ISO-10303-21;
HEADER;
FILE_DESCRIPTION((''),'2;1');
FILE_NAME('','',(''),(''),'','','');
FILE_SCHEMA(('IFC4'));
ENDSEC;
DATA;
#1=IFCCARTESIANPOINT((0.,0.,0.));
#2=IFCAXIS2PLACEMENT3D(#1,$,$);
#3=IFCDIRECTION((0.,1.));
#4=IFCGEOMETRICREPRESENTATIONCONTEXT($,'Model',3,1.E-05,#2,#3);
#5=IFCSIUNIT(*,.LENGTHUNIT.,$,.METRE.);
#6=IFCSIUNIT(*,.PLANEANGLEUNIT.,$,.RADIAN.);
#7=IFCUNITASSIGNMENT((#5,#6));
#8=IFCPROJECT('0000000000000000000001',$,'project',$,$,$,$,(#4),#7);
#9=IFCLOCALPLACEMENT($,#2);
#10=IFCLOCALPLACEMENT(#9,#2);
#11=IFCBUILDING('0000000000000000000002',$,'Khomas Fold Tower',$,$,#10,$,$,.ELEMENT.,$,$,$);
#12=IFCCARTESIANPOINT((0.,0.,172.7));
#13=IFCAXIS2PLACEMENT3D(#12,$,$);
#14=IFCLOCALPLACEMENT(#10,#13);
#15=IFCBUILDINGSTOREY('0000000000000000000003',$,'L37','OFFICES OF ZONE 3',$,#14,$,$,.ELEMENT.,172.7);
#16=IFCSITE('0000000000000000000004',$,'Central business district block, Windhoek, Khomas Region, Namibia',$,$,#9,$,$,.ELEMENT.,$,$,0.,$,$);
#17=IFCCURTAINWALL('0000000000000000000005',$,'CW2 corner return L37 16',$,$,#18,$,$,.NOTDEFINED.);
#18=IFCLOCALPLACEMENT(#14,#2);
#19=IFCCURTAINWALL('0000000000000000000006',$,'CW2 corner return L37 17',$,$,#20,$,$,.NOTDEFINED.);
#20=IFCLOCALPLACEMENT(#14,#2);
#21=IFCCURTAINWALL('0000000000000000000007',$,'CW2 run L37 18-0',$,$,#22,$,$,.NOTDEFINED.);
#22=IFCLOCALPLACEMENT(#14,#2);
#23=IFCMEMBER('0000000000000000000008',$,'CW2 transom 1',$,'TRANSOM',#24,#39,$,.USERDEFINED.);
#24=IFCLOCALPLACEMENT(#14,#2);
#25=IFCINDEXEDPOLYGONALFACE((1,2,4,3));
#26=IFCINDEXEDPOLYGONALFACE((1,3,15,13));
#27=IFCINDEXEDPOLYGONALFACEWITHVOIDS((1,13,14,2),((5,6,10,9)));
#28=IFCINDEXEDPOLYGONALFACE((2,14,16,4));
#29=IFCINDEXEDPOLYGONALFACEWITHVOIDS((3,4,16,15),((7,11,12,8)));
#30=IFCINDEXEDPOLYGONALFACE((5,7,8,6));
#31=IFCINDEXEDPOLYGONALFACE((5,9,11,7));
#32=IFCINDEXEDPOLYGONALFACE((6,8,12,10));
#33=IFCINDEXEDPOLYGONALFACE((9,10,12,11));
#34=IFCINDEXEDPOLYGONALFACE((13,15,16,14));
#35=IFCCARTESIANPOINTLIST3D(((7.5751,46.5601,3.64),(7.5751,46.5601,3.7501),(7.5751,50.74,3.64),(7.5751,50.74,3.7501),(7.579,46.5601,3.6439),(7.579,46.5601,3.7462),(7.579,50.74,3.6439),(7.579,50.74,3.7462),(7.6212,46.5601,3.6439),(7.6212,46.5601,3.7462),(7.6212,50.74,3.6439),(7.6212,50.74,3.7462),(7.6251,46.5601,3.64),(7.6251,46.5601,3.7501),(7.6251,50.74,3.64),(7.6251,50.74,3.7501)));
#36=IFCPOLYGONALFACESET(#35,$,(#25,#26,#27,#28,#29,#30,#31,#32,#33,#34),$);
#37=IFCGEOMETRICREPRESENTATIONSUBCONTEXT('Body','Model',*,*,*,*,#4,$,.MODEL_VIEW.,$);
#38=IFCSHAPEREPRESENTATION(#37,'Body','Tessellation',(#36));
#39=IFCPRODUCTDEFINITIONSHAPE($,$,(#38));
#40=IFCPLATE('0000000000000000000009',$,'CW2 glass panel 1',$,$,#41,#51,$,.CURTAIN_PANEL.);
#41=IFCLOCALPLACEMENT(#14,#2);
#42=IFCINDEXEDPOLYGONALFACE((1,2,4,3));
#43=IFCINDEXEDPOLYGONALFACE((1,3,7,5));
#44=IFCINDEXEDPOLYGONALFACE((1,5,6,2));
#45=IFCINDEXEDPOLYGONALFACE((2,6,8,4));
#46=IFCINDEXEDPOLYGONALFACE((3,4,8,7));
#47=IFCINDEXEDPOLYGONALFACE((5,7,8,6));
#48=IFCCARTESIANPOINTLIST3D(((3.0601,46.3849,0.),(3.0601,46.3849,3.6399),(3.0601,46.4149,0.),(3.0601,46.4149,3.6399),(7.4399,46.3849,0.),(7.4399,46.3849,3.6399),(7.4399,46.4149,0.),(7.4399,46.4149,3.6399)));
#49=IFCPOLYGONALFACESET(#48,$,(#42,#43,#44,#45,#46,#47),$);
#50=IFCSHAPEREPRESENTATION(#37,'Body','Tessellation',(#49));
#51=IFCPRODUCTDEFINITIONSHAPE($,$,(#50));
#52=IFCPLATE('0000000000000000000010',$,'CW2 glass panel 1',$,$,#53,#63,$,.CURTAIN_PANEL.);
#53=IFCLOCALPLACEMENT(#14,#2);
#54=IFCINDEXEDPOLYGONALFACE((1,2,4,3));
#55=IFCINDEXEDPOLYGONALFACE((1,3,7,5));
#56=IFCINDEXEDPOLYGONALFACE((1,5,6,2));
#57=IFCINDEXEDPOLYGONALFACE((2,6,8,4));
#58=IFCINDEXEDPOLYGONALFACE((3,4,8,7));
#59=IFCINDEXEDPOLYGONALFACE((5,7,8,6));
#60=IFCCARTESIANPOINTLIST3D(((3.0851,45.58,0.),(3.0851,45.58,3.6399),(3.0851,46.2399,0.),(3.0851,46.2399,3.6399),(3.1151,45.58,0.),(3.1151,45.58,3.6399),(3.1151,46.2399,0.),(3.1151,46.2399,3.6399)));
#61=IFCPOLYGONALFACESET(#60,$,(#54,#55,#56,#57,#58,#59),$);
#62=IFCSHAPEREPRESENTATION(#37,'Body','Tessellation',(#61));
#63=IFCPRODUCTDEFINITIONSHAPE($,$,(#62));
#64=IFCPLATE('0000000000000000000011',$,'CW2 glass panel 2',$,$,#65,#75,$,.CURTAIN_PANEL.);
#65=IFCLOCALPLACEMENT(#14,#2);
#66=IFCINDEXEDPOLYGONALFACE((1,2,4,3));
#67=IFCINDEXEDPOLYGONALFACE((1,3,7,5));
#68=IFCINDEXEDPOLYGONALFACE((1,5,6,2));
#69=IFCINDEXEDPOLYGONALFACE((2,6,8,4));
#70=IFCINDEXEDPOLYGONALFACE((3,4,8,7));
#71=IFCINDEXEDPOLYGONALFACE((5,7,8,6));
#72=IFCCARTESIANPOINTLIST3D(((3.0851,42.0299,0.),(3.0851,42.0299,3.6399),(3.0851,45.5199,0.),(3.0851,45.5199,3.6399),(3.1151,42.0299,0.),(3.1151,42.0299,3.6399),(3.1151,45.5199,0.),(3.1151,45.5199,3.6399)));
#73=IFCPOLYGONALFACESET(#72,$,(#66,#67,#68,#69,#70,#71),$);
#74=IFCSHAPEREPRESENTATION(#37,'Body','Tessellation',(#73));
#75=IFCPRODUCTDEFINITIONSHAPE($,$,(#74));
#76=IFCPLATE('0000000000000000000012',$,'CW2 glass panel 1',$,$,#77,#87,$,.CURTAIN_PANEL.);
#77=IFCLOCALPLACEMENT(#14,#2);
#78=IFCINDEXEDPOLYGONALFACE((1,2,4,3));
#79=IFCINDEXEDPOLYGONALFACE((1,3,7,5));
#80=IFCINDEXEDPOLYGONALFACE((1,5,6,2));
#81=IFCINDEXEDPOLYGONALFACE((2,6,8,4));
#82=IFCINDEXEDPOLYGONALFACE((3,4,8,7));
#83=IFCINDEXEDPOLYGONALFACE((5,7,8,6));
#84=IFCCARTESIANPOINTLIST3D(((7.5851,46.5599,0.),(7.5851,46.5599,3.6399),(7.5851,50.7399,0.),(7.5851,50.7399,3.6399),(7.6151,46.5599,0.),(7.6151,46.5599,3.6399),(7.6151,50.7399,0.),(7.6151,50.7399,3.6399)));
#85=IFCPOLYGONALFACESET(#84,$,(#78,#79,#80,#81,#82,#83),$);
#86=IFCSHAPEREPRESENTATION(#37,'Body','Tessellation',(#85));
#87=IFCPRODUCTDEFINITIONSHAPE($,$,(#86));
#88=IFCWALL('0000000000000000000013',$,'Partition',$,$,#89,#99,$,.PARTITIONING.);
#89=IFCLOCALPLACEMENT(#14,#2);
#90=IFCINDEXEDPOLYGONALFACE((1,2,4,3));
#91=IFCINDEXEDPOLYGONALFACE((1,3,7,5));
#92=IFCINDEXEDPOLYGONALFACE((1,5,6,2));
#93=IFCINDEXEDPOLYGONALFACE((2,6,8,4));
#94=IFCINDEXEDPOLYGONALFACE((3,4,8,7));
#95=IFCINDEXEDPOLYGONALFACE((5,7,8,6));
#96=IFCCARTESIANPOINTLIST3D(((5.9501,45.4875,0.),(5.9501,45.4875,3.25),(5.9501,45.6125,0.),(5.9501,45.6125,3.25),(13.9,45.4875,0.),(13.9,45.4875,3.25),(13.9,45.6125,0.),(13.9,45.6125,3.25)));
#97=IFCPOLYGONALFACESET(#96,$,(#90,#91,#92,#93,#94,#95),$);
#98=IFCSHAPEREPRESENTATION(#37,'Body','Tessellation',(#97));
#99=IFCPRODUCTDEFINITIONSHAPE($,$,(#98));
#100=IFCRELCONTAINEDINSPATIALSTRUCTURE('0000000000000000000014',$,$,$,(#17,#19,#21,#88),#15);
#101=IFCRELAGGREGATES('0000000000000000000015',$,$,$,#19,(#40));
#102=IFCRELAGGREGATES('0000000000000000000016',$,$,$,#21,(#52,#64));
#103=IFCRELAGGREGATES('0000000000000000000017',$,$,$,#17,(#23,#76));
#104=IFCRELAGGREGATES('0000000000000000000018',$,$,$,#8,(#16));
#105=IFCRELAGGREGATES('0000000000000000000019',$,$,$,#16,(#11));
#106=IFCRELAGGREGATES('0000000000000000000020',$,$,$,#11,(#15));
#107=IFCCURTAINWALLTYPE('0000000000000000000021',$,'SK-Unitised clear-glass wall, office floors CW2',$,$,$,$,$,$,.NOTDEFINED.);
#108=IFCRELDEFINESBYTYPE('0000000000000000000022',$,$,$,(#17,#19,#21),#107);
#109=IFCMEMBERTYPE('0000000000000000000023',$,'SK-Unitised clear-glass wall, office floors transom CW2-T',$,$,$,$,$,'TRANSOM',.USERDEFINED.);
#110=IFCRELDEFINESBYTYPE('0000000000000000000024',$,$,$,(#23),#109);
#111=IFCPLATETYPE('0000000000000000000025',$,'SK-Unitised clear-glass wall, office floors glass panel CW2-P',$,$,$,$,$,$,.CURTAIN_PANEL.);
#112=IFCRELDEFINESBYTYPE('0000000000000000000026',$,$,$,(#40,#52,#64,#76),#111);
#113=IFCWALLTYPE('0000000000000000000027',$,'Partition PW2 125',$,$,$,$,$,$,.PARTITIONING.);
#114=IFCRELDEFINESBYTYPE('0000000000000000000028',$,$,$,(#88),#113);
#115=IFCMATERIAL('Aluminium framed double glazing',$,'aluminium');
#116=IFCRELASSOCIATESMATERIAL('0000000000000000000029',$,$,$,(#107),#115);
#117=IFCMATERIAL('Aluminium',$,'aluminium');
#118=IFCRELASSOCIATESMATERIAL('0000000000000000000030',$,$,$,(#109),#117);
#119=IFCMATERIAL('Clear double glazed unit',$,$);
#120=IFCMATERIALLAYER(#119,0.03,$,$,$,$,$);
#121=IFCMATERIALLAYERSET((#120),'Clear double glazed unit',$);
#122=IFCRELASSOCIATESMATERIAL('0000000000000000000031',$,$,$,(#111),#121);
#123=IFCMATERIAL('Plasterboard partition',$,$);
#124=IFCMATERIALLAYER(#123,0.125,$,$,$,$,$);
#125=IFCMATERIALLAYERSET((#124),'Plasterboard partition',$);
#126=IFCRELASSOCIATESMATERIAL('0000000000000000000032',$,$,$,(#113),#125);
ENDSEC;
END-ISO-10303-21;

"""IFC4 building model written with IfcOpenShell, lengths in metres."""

from ifc_helpers import new_model, si_unit, direction, frame, frame_2d, origin, origin_2d, place, context, subcontext, project, spatial, rectangle, hollow_rectangle, extrude, source, transform, mapped, material, layer, layer_set, material_profile, profile_set, type_object, element, aggregate, save


model = new_model("IFC4")

# Units and contexts
model_context = context("Model", 3, precision=1e-05, world=origin(), true_north=direction((0.0, 1.0)))
body_context = subcontext(model_context, "Body", "Model", "MODEL_VIEW")
ifc_project = project(units=[si_unit("LENGTHUNIT", "METRE"), si_unit("PLANEANGLEUNIT", "RADIAN")], contexts=[model_context])

# Site, building, storey
site_placement = place(None, origin())
site = spatial("IfcSite", under=ifc_project, at=site_placement, Name="Central business district block, Windhoek, Khomas Region, Namibia", CompositionType="ELEMENT", RefElevation=0.0)
building_placement = place(site_placement, origin())
building = spatial("IfcBuilding", under=site, at=building_placement, Name="Khomas Fold Tower", CompositionType="ELEMENT")
storey_placement = place(building_placement, frame((0.0, 0.0, 172.7)))
storey = spatial("IfcBuildingStorey", under=building, at=storey_placement, Name="L37", Description="OFFICES OF ZONE 3", CompositionType="ELEMENT", Elevation=172.7)

# Curtain wall
ifc_material_1 = material(Name="Aluminium framed double glazing", Category="aluminium")
curtain_wall_type = type_object("IfcCurtainWallType", Name="SK-Unitised clear-glass wall, office floors CW2", PredefinedType="NOTDEFINED", material=ifc_material_1)
curtain_wall_1_placement = place(storey_placement, origin())
curtain_wall_1 = element("IfcCurtainWall", 1, at=curtain_wall_1_placement, inside=storey, type_object=curtain_wall_type, Name="CW2 corner return L37 16", PredefinedType="NOTDEFINED")

# Curtain wall
curtain_wall_2_placement = place(storey_placement, origin())
curtain_wall_2 = element("IfcCurtainWall", 2, at=curtain_wall_2_placement, inside=storey, type_object=curtain_wall_type, Name="CW2 corner return L37 17", PredefinedType="NOTDEFINED")

# Curtain wall
curtain_wall_3_placement = place(storey_placement, origin())
curtain_wall_3 = element("IfcCurtainWall", 3, at=curtain_wall_3_placement, inside=storey, type_object=curtain_wall_type, Name="CW2 run L37 18-0", PredefinedType="NOTDEFINED")

# Member
ifc_material_2 = material(Name="Aluminium", Category="aluminium")
ifc_material_profile_1 = material_profile(ifc_material_2, hollow_rectangle(XDim=0.05, YDim=0.1101, WallThickness=0.0039, at=origin_2d()), Name="SK-Unitised clear-glass wall, office floors transom CW2-T")
ifc_profile_set_1 = profile_set([ifc_material_profile_1], Name="Aluminium")
member_type_1 = type_object("IfcMemberType", Name="SK-Unitised clear-glass wall, office floors transom CW2-T", ElementType="TRANSOM", PredefinedType="USERDEFINED", material=ifc_profile_set_1)
shared_shape_1 = source(origin(), body_context, "Body", "SweptSolid", [
    extrude(hollow_rectangle(XDim=0.05, YDim=0.1101, WallThickness=0.0039, at=origin_2d()), origin(), (0.0, 0.0, 1.0), 4.1799),
])
member_1_placement = place(storey_placement, frame((7.6001, 50.74, 3.6951), z_axis=(0.0, -1.0, 0.0), x_axis=(1.0, 0.0, 0.0)))
member_1 = element("IfcMember", 4, at=member_1_placement, type_object=member_type_1, Name="CW2 transom 1", ObjectType="TRANSOM", PredefinedType="USERDEFINED", context=body_context, shape_type="MappedRepresentation", body=[
    mapped(shared_shape_1, transform((0.0, 0.0, 0.0))),
])

# Plates
ifc_material_3 = material(Name="Clear double glazed unit")
ifc_layer_1 = layer(ifc_material_3, 0.03)
ifc_layer_set_1 = layer_set([ifc_layer_1], Name="Clear double glazed unit")
plate_type = type_object("IfcPlateType", Name="SK-Unitised clear-glass wall, office floors glass panel CW2-P", PredefinedType="CURTAIN_PANEL", material=ifc_layer_set_1)
shared_shape_2 = source(origin(), body_context, "Body", "SweptSolid", [
    extrude(rectangle(XDim=4.3799, YDim=0.03, at=origin_2d()), origin(), (0.0, 0.0, 1.0), 3.6399),
])
plate_1_placement = place(storey_placement, frame((5.25, 46.3999, 0.0), z_axis=(0.0, 0.0, 1.0), x_axis=(-1.0, 0.0, 0.0)))
plate_1 = element("IfcPlate", 5, at=plate_1_placement, type_object=plate_type, Name="CW2 glass panel 1", PredefinedType="CURTAIN_PANEL", context=body_context, shape_type="MappedRepresentation", body=[
    mapped(shared_shape_2, transform((0.0, 0.0, 0.0))),
])
aggregate(curtain_wall_2, [plate_1])
shared_shape_3 = source(origin(), body_context, "Body", "SweptSolid", [
    extrude(rectangle(XDim=0.6599, YDim=0.03, at=origin_2d()), origin(), (0.0, 0.0, 1.0), 3.6399),
])
plate_2_placement = place(storey_placement, frame((3.1001, 45.9099, 0.0), z_axis=(0.0, 0.0, 1.0), x_axis=(0.0, -1.0, 0.0)))
plate_2 = element("IfcPlate", 6, at=plate_2_placement, type_object=plate_type, Name="CW2 glass panel 1", PredefinedType="CURTAIN_PANEL", context=body_context, shape_type="MappedRepresentation", body=[
    mapped(shared_shape_3, transform((0.0, 0.0, 0.0))),
])
shared_shape_4 = source(origin(), body_context, "Body", "SweptSolid", [
    extrude(rectangle(XDim=3.49, YDim=0.03, at=origin_2d()), origin(), (0.0, 0.0, 1.0), 3.6399),
])
plate_3_placement = place(storey_placement, frame((3.1001, 43.7749, 0.0), z_axis=(0.0, 0.0, 1.0), x_axis=(0.0, -1.0, 0.0)))
plate_3 = element("IfcPlate", 7, at=plate_3_placement, type_object=plate_type, Name="CW2 glass panel 2", PredefinedType="CURTAIN_PANEL", context=body_context, shape_type="MappedRepresentation", body=[
    mapped(shared_shape_4, transform((0.0, 0.0, 0.0))),
])
aggregate(curtain_wall_3, [plate_2, plate_3])
shared_shape_5 = source(origin(), body_context, "Body", "SweptSolid", [
    extrude(rectangle(XDim=4.1799, YDim=0.03, at=origin_2d()), origin(), (0.0, 0.0, 1.0), 3.6399),
])
plate_4_placement = place(storey_placement, frame((7.6001, 48.6499, 0.0), z_axis=(0.0, 0.0, 1.0), x_axis=(0.0, -1.0, 0.0)))
plate_4 = element("IfcPlate", 8, at=plate_4_placement, type_object=plate_type, Name="CW2 glass panel 1", PredefinedType="CURTAIN_PANEL", context=body_context, shape_type="MappedRepresentation", body=[
    mapped(shared_shape_5, transform((0.0, 0.0, 0.0))),
])
aggregate(curtain_wall_1, [member_1, plate_4])

# Wall
ifc_material_4 = material(Name="Plasterboard partition")
ifc_layer_2 = layer(ifc_material_4, 0.125)
ifc_layer_set_2 = layer_set([ifc_layer_2], Name="Plasterboard partition")
wall_type = type_object("IfcWallType", Name="Partition PW2 125", PredefinedType="PARTITIONING", material=ifc_layer_set_2)
shared_shape_6 = source(origin(), body_context, "Body", "SweptSolid", [
    extrude(rectangle(XDim=7.95, YDim=0.125, at=frame_2d((3.9751, 0.0))), origin(), (0.0, 0.0, 1.0), 3.25),
])
wall_placement = place(storey_placement, frame((5.95, 45.55, 0.0), z_axis=(0.0, 0.0, 1.0), x_axis=(1.0, 0.0, 0.0)))
element("IfcWall", 9, at=wall_placement, inside=storey, type_object=wall_type, Name="Partition", PredefinedType="PARTITIONING", context=body_context, shape_type="MappedRepresentation", body=[
    mapped(shared_shape_6, transform((0.0, 0.0, 0.0))),
])

save(model, "model.ifc")
